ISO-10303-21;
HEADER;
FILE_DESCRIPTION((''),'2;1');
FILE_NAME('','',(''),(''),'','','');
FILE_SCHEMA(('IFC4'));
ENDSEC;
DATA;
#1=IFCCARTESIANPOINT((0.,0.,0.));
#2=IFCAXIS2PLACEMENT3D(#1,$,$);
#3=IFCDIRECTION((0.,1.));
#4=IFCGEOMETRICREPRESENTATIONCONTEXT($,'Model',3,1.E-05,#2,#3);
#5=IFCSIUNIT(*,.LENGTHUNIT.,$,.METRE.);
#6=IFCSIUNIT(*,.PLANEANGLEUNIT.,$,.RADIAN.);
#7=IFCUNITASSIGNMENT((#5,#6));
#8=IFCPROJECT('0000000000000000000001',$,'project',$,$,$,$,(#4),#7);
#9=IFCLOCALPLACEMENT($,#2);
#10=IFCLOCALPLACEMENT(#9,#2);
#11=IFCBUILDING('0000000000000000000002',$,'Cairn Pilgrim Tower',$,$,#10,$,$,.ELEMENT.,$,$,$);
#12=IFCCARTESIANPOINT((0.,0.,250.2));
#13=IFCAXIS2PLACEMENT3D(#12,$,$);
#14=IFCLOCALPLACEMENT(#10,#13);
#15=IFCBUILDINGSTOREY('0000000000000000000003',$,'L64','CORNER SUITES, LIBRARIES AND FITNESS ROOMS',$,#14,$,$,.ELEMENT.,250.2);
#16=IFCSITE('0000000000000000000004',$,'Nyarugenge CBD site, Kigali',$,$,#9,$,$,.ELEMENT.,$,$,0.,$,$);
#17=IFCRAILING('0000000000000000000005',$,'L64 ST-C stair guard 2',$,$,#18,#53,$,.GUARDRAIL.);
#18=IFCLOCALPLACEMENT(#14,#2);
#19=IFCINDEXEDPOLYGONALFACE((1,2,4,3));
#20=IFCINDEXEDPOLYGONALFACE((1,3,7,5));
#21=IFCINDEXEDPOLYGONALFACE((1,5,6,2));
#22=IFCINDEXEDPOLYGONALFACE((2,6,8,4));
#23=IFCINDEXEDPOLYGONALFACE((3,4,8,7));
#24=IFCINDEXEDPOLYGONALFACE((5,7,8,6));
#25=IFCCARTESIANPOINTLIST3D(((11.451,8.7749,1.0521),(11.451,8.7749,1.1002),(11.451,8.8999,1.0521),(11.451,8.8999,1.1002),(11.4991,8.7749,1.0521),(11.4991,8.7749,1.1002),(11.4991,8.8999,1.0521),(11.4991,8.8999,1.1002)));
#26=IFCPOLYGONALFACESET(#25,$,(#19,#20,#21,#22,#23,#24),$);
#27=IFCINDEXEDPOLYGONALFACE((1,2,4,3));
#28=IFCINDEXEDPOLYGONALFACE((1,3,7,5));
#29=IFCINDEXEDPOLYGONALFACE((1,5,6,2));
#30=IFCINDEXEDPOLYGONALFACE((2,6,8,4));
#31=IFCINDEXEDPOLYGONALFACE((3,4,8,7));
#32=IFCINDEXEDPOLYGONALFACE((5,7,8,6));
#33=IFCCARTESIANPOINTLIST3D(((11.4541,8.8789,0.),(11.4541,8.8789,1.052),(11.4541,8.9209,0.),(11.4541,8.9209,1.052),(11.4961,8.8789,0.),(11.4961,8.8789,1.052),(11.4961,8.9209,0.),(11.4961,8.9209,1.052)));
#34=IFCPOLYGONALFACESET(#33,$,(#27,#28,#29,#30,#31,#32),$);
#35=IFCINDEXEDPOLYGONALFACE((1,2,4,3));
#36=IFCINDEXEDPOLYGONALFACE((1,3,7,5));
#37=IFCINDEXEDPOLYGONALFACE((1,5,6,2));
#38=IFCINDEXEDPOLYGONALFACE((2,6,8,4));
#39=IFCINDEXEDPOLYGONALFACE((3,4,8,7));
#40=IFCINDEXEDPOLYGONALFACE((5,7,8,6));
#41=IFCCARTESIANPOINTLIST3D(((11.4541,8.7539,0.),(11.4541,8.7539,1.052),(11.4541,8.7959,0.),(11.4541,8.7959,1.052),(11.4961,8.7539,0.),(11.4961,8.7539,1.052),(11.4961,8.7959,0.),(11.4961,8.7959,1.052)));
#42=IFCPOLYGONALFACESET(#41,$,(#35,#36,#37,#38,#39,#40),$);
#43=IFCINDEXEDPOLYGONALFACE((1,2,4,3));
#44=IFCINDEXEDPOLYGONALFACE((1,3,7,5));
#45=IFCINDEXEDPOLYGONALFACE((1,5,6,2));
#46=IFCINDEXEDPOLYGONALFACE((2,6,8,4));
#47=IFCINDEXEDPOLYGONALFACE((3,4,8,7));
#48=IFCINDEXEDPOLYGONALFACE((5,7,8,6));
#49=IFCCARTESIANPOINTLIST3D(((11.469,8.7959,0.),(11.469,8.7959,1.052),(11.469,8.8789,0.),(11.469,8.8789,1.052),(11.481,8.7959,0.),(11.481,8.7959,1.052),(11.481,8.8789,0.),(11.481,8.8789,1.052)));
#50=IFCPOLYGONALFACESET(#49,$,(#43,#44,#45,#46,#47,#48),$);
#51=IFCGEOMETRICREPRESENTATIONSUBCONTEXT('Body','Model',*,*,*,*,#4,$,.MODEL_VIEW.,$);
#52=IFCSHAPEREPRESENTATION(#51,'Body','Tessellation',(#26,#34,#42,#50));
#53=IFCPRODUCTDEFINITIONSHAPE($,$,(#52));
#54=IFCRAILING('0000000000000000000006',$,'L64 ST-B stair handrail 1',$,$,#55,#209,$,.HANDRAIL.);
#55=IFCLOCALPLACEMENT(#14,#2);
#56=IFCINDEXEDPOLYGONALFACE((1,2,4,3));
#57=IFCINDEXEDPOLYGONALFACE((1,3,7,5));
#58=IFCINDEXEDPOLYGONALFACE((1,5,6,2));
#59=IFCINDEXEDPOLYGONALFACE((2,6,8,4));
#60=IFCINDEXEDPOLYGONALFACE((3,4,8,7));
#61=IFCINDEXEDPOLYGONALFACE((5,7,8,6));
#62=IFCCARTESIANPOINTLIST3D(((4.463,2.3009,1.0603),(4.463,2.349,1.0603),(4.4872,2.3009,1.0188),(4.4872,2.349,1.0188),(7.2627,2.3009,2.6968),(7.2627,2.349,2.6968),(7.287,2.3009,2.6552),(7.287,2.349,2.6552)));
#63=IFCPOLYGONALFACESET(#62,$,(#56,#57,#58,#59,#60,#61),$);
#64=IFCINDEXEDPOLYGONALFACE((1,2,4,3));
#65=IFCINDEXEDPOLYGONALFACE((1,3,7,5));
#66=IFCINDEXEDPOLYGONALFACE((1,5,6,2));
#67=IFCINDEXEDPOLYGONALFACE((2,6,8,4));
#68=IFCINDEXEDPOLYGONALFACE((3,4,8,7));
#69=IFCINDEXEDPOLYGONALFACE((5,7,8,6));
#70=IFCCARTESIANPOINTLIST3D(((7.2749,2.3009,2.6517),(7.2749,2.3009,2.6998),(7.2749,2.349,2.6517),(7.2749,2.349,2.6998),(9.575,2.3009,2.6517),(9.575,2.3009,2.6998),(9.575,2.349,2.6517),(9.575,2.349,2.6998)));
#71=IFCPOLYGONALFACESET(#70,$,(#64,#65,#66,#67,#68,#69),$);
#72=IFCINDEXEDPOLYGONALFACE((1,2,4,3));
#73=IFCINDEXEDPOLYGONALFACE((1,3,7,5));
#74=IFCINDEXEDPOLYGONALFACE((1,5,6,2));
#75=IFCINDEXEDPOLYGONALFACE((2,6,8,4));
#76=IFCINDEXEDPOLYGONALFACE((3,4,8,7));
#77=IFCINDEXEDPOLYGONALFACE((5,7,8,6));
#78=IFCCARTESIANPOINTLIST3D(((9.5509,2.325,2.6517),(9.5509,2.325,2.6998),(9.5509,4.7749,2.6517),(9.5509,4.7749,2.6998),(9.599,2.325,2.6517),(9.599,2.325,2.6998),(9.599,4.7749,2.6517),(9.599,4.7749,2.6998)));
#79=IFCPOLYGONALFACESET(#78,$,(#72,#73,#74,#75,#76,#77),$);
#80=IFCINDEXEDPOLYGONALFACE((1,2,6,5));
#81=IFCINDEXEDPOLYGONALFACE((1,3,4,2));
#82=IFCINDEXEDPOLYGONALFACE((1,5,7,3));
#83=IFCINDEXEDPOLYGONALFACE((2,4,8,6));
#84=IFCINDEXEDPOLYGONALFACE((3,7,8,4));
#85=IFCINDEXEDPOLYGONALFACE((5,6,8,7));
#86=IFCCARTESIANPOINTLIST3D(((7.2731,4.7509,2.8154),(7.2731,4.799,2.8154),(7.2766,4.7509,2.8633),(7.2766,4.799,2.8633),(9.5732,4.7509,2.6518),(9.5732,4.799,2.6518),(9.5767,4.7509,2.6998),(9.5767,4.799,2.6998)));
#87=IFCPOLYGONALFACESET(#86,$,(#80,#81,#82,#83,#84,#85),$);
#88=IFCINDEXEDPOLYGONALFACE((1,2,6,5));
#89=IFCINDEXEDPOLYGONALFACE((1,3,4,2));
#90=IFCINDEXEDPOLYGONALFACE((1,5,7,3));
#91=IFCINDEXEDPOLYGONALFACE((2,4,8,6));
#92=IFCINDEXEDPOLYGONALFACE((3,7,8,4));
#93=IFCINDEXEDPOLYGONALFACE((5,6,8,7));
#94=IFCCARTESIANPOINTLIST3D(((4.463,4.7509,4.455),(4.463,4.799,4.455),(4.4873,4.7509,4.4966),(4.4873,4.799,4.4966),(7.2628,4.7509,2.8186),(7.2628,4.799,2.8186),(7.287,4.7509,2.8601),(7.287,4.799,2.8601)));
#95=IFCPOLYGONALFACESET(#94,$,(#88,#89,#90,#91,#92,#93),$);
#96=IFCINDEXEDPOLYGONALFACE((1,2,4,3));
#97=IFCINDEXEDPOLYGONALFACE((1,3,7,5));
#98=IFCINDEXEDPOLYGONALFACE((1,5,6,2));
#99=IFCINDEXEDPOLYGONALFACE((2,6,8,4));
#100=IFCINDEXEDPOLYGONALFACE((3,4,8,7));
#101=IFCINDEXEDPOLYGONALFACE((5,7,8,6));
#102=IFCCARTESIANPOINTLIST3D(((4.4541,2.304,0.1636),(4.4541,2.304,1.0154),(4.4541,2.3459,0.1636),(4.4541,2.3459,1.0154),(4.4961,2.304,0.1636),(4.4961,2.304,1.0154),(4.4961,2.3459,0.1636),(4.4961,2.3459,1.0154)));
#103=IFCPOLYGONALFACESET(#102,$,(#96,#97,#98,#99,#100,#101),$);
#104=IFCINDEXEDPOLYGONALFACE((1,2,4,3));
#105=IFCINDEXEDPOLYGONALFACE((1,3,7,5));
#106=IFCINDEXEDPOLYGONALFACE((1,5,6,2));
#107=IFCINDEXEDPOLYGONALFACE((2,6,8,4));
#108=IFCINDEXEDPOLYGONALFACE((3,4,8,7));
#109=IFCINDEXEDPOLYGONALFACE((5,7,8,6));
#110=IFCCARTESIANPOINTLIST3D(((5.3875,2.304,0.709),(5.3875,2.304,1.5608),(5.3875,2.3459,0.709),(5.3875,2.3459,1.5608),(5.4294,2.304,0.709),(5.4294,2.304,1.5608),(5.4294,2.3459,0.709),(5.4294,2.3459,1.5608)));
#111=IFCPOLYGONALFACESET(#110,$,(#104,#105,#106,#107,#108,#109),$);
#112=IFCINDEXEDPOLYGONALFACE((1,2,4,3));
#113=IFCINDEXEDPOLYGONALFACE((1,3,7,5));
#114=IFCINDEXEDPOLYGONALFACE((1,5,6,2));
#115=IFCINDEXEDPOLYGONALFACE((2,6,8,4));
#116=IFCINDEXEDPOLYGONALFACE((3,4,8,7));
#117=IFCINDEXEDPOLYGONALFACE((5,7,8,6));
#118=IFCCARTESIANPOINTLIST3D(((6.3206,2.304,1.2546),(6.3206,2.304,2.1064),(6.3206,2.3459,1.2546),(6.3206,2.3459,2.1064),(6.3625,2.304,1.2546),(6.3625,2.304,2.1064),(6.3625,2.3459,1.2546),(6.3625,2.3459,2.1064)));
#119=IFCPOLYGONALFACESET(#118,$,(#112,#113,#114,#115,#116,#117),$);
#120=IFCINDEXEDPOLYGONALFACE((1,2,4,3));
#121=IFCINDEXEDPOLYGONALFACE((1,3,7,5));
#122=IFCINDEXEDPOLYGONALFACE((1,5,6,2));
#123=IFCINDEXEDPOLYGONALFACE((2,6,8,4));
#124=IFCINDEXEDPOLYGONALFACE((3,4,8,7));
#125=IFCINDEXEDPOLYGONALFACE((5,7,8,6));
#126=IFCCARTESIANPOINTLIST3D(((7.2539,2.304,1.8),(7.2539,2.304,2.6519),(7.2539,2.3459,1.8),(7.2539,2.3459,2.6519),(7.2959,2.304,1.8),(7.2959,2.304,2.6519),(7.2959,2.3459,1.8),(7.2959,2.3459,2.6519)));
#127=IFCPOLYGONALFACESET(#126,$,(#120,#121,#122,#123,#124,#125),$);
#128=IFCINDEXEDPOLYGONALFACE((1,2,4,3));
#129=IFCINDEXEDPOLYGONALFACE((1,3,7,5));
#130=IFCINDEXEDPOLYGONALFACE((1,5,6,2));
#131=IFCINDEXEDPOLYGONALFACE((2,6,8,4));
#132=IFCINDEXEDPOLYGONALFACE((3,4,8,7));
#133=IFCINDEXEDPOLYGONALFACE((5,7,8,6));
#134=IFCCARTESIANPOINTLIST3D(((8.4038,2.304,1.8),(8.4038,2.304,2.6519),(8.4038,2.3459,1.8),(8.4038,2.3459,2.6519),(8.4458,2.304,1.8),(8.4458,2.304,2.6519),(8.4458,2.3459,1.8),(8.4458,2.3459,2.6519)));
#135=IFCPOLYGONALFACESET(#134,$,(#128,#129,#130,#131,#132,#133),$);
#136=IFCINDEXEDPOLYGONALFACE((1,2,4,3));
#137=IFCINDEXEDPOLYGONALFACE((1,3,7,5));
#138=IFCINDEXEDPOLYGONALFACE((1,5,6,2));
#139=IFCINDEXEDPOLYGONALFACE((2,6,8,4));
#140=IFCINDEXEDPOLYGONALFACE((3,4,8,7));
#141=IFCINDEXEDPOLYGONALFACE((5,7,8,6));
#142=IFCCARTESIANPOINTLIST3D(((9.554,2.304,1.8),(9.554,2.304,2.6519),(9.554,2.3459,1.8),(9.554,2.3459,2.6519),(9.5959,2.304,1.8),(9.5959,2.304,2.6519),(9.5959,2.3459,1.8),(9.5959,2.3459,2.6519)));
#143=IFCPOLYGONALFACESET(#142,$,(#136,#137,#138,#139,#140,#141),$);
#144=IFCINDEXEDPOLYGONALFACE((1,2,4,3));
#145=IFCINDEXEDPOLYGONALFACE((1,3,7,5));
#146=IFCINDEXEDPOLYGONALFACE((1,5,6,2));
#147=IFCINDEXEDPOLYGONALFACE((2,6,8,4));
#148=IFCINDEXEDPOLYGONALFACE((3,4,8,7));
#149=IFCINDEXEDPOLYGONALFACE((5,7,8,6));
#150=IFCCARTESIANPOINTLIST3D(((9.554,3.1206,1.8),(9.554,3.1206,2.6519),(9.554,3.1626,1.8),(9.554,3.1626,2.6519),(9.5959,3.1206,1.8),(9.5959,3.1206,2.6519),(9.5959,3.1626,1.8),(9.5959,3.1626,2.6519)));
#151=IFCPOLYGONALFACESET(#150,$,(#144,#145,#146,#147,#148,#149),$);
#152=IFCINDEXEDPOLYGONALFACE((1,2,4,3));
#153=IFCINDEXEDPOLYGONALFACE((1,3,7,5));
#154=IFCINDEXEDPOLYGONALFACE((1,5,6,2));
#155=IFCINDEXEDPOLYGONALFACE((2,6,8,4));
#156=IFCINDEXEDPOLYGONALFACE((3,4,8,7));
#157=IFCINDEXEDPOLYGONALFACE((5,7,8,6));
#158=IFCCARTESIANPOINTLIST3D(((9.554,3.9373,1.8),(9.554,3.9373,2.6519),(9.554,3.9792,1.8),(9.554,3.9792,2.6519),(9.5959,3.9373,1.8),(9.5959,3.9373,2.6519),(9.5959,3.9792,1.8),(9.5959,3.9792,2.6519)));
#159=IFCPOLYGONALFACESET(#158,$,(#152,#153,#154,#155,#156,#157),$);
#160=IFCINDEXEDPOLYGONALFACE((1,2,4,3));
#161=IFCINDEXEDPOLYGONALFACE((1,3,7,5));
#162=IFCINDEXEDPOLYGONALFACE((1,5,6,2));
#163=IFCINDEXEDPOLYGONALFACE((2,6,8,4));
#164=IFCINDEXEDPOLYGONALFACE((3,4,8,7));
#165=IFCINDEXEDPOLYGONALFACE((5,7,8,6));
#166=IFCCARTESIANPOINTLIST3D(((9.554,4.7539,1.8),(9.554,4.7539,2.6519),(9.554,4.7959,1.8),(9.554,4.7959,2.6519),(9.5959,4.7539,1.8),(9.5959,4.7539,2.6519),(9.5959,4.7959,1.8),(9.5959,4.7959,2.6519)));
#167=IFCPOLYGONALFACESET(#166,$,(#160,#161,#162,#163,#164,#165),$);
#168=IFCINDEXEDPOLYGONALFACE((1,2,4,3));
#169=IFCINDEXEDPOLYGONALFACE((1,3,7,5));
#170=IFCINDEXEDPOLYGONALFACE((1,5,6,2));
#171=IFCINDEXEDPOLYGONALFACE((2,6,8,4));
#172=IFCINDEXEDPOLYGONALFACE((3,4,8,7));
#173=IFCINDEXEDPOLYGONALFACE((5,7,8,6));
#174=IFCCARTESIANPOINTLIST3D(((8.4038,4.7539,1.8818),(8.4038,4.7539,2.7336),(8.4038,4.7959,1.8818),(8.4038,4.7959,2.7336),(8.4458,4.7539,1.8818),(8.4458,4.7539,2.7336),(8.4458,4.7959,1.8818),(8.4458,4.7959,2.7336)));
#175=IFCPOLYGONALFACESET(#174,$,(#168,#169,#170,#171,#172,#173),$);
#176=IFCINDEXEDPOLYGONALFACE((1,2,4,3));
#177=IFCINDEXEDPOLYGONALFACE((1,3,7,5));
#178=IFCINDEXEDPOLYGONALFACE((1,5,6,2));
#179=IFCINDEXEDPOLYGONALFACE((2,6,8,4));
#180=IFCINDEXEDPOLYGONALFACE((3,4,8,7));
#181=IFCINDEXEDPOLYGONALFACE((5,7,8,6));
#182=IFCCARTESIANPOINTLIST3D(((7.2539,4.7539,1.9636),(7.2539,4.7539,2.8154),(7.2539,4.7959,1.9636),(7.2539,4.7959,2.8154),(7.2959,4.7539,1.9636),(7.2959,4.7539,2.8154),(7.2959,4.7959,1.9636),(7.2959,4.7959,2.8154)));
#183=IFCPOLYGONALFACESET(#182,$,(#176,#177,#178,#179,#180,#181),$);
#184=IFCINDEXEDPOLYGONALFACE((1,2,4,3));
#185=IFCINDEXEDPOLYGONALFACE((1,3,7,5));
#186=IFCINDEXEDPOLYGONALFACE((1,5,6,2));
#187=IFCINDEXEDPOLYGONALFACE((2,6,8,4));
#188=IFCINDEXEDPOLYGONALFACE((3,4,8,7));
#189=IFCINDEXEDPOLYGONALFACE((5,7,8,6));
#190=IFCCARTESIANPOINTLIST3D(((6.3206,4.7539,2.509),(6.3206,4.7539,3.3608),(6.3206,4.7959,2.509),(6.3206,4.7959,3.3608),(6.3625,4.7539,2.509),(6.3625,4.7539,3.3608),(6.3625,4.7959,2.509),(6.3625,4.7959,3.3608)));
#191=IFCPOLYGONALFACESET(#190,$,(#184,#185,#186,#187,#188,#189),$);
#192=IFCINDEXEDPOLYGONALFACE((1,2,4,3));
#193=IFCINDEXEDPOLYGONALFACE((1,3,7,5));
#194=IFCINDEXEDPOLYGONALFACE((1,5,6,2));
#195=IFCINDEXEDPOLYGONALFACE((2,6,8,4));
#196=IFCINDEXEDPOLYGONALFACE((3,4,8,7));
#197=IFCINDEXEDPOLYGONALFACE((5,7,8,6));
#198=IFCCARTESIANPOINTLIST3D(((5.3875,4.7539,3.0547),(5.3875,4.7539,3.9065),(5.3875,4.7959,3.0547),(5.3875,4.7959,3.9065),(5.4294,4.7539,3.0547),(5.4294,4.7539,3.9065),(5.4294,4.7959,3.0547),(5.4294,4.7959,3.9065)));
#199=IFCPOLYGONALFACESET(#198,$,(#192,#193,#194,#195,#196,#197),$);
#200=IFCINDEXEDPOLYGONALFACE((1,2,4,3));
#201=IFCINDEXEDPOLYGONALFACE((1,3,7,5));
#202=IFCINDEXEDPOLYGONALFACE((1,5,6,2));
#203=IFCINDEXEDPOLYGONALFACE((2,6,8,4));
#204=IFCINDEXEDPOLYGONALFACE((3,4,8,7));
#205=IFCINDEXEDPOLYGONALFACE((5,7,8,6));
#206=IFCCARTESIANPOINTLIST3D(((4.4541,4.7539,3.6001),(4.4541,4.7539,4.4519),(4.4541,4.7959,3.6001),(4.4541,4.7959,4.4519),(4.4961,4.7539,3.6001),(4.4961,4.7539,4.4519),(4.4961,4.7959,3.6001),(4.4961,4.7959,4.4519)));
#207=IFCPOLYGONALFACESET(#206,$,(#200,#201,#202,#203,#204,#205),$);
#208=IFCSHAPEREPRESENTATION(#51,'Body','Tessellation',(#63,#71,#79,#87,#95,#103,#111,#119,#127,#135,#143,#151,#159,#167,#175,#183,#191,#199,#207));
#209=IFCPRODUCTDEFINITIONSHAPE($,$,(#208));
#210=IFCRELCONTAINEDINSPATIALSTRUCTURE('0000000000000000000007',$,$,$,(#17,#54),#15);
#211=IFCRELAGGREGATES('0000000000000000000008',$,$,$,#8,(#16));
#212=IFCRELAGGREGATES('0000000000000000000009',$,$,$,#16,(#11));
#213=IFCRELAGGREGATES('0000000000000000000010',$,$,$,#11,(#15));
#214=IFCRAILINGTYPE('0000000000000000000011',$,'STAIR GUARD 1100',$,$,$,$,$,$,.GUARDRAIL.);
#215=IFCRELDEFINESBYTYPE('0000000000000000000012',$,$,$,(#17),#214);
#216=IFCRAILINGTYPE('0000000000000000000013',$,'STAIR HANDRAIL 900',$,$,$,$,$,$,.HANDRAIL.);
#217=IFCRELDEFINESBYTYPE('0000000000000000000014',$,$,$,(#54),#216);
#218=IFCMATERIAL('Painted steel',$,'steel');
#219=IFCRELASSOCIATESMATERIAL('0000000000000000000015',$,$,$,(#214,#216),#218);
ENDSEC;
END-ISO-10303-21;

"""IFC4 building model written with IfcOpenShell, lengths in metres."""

from ifc_helpers import new_model, si_unit, direction, frame, origin, origin_2d, place, context, subcontext, project, spatial, polyline, rectangle, outline, extrude, material, type_object, element, save


model = new_model("IFC4")

# Units and contexts
model_context = context("Model", 3, precision=1e-05, world=origin(), true_north=direction((0.0, 1.0)))
body_context = subcontext(model_context, "Body", "Model", "MODEL_VIEW")
ifc_project = project(units=[si_unit("LENGTHUNIT", "METRE"), si_unit("PLANEANGLEUNIT", "RADIAN")], contexts=[model_context])

# Site, building, storey
site_placement = place(None, origin())
site = spatial("IfcSite", under=ifc_project, at=site_placement, Name="Nyarugenge CBD site, Kigali", CompositionType="ELEMENT", RefElevation=0.0)
building_placement = place(site_placement, origin())
building = spatial("IfcBuilding", under=site, at=building_placement, Name="Cairn Pilgrim Tower", CompositionType="ELEMENT")
storey_placement = place(building_placement, frame((0.0, 0.0, 250.2)))
storey = spatial("IfcBuildingStorey", under=building, at=storey_placement, Name="L64", Description="CORNER SUITES, LIBRARIES AND FITNESS ROOMS", CompositionType="ELEMENT", Elevation=250.2)

# Shared definitions
ifc_material_1 = material(Name="Painted steel", Category="steel")

# Railings
railing_type_1 = type_object("IfcRailingType", Name="STAIR GUARD 1100", PredefinedType="GUARDRAIL", material=ifc_material_1)
railing_1_placement = place(storey_placement, frame((11.4751, 8.8999, 0.0)))
element("IfcRailing", 1, at=railing_1_placement, inside=storey, type_object=railing_type_1, Name="L64 ST-C stair guard 2", PredefinedType="GUARDRAIL", context=body_context, shape_type="SweptSolid", body=[
    extrude(rectangle(XDim=0.0481, YDim=0.0481, at=origin_2d()), frame((0.0, 0.0, 1.0762), z_axis=(0.0, -1.0, 0.0), x_axis=(1.0, 0.0, 0.0)), (0.0, 0.0, 1.0), 0.125),
    extrude(rectangle(XDim=0.042, YDim=0.042, at=origin_2d()), origin(), (0.0, 0.0, 1.0), 1.052),
    extrude(rectangle(XDim=0.042, YDim=0.042, at=origin_2d()), frame((0.0, -0.125, 0.0)), (0.0, 0.0, 1.0), 1.052),
    extrude(outline(polyline([(0.021, 0.0), (0.104, 0.0), (0.104, 1.052), (0.021, 1.052), (0.021, 0.0)])), frame((0.0059, 0.0, 0.0), z_axis=(-1.0, 0.0, 0.0), x_axis=(0.0, -1.0, 0.0)), (0.0, 0.0, 1.0), 0.012),
])
railing_type_2 = type_object("IfcRailingType", Name="STAIR HANDRAIL 900", PredefinedType="HANDRAIL", material=ifc_material_1)
railing_2_placement = place(storey_placement, frame((4.4751, 2.325, 0.1636)))
element("IfcRailing", 2, at=railing_2_placement, inside=storey, type_object=railing_type_2, Name="L64 ST-B stair handrail 1", PredefinedType="HANDRAIL", context=body_context, shape_type="SweptSolid", body=[
    extrude(rectangle(XDim=0.0481, YDim=0.0481, at=origin_2d()), frame((0.0, 0.0, 0.876), z_axis=(0.863342, 0.0, 0.50462), x_axis=(0.0, 1.0, 0.0)), (0.0, 0.0, 1.0), 3.2429),
    extrude(rectangle(XDim=0.0481, YDim=0.0481, at=origin_2d()), frame((2.7998, 0.0, 2.5122), z_axis=(1.0, 0.0, 0.0), x_axis=(0.0, 1.0, 0.0)), (0.0, 0.0, 1.0), 2.3),
    extrude(rectangle(XDim=0.0481, YDim=0.0481, at=origin_2d()), frame((5.0999, 0.0, 2.5122), z_axis=(0.0, 1.0, 0.0), x_axis=(-1.0, 0.0, 0.0)), (0.0, 0.0, 1.0), 2.45),
    extrude(rectangle(XDim=0.0481, YDim=0.0481, at=origin_2d()), frame((5.0999, 2.45, 2.5122), z_axis=(-0.997481, 0.0, 0.070939), x_axis=(0.0, -1.0, 0.0)), (0.0, 0.0, 1.0), 2.3059),
    extrude(rectangle(XDim=0.0481, YDim=0.0481, at=origin_2d()), frame((2.7998, 2.45, 2.6758), z_axis=(-0.863342, 0.0, 0.50462), x_axis=(0.0, -1.0, 0.0)), (0.0, 0.0, 1.0), 3.2429),
    extrude(rectangle(XDim=0.042, YDim=0.042, at=origin_2d()), origin(), (0.0, 0.0, 1.0), 0.8518),
    extrude(rectangle(XDim=0.042, YDim=0.042, at=origin_2d()), frame((0.9333, 0.0, 0.5454)), (0.0, 0.0, 1.0), 0.8518),
    extrude(rectangle(XDim=0.042, YDim=0.042, at=origin_2d()), frame((1.8665, 0.0, 1.0911)), (0.0, 0.0, 1.0), 0.8518),
    extrude(rectangle(XDim=0.042, YDim=0.042, at=origin_2d()), frame((2.7998, 0.0, 1.6365)), (0.0, 0.0, 1.0), 0.8518),
    extrude(rectangle(XDim=0.042, YDim=0.042, at=origin_2d()), frame((3.9497, 0.0, 1.6365)), (0.0, 0.0, 1.0), 0.8518),
    extrude(rectangle(XDim=0.042, YDim=0.042, at=origin_2d()), frame((5.0999, 0.0, 1.6365)), (0.0, 0.0, 1.0), 0.8518),
    extrude(rectangle(XDim=0.042, YDim=0.042, at=origin_2d()), frame((5.0999, 0.8167, 1.6365)), (0.0, 0.0, 1.0), 0.8518),
    extrude(rectangle(XDim=0.042, YDim=0.042, at=origin_2d()), frame((5.0999, 1.6333, 1.6365)), (0.0, 0.0, 1.0), 0.8518),
    extrude(rectangle(XDim=0.042, YDim=0.042, at=origin_2d()), frame((5.0999, 2.45, 1.6365)), (0.0, 0.0, 1.0), 0.8518),
    extrude(rectangle(XDim=0.042, YDim=0.042, at=origin_2d()), frame((3.9497, 2.45, 1.7183)), (0.0, 0.0, 1.0), 0.8518),
    extrude(rectangle(XDim=0.042, YDim=0.042, at=origin_2d()), frame((2.7998, 2.45, 1.8)), (0.0, 0.0, 1.0), 0.8518),
    extrude(rectangle(XDim=0.042, YDim=0.042, at=origin_2d()), frame((1.8665, 2.45, 2.3455)), (0.0, 0.0, 1.0), 0.8518),
    extrude(rectangle(XDim=0.042, YDim=0.042, at=origin_2d()), frame((0.9333, 2.45, 2.8911)), (0.0, 0.0, 1.0), 0.8518),
    extrude(rectangle(XDim=0.042, YDim=0.042, at=origin_2d()), frame((0.0, 2.45, 3.4365)), (0.0, 0.0, 1.0), 0.8518),
])

save(model, "model.ifc")
